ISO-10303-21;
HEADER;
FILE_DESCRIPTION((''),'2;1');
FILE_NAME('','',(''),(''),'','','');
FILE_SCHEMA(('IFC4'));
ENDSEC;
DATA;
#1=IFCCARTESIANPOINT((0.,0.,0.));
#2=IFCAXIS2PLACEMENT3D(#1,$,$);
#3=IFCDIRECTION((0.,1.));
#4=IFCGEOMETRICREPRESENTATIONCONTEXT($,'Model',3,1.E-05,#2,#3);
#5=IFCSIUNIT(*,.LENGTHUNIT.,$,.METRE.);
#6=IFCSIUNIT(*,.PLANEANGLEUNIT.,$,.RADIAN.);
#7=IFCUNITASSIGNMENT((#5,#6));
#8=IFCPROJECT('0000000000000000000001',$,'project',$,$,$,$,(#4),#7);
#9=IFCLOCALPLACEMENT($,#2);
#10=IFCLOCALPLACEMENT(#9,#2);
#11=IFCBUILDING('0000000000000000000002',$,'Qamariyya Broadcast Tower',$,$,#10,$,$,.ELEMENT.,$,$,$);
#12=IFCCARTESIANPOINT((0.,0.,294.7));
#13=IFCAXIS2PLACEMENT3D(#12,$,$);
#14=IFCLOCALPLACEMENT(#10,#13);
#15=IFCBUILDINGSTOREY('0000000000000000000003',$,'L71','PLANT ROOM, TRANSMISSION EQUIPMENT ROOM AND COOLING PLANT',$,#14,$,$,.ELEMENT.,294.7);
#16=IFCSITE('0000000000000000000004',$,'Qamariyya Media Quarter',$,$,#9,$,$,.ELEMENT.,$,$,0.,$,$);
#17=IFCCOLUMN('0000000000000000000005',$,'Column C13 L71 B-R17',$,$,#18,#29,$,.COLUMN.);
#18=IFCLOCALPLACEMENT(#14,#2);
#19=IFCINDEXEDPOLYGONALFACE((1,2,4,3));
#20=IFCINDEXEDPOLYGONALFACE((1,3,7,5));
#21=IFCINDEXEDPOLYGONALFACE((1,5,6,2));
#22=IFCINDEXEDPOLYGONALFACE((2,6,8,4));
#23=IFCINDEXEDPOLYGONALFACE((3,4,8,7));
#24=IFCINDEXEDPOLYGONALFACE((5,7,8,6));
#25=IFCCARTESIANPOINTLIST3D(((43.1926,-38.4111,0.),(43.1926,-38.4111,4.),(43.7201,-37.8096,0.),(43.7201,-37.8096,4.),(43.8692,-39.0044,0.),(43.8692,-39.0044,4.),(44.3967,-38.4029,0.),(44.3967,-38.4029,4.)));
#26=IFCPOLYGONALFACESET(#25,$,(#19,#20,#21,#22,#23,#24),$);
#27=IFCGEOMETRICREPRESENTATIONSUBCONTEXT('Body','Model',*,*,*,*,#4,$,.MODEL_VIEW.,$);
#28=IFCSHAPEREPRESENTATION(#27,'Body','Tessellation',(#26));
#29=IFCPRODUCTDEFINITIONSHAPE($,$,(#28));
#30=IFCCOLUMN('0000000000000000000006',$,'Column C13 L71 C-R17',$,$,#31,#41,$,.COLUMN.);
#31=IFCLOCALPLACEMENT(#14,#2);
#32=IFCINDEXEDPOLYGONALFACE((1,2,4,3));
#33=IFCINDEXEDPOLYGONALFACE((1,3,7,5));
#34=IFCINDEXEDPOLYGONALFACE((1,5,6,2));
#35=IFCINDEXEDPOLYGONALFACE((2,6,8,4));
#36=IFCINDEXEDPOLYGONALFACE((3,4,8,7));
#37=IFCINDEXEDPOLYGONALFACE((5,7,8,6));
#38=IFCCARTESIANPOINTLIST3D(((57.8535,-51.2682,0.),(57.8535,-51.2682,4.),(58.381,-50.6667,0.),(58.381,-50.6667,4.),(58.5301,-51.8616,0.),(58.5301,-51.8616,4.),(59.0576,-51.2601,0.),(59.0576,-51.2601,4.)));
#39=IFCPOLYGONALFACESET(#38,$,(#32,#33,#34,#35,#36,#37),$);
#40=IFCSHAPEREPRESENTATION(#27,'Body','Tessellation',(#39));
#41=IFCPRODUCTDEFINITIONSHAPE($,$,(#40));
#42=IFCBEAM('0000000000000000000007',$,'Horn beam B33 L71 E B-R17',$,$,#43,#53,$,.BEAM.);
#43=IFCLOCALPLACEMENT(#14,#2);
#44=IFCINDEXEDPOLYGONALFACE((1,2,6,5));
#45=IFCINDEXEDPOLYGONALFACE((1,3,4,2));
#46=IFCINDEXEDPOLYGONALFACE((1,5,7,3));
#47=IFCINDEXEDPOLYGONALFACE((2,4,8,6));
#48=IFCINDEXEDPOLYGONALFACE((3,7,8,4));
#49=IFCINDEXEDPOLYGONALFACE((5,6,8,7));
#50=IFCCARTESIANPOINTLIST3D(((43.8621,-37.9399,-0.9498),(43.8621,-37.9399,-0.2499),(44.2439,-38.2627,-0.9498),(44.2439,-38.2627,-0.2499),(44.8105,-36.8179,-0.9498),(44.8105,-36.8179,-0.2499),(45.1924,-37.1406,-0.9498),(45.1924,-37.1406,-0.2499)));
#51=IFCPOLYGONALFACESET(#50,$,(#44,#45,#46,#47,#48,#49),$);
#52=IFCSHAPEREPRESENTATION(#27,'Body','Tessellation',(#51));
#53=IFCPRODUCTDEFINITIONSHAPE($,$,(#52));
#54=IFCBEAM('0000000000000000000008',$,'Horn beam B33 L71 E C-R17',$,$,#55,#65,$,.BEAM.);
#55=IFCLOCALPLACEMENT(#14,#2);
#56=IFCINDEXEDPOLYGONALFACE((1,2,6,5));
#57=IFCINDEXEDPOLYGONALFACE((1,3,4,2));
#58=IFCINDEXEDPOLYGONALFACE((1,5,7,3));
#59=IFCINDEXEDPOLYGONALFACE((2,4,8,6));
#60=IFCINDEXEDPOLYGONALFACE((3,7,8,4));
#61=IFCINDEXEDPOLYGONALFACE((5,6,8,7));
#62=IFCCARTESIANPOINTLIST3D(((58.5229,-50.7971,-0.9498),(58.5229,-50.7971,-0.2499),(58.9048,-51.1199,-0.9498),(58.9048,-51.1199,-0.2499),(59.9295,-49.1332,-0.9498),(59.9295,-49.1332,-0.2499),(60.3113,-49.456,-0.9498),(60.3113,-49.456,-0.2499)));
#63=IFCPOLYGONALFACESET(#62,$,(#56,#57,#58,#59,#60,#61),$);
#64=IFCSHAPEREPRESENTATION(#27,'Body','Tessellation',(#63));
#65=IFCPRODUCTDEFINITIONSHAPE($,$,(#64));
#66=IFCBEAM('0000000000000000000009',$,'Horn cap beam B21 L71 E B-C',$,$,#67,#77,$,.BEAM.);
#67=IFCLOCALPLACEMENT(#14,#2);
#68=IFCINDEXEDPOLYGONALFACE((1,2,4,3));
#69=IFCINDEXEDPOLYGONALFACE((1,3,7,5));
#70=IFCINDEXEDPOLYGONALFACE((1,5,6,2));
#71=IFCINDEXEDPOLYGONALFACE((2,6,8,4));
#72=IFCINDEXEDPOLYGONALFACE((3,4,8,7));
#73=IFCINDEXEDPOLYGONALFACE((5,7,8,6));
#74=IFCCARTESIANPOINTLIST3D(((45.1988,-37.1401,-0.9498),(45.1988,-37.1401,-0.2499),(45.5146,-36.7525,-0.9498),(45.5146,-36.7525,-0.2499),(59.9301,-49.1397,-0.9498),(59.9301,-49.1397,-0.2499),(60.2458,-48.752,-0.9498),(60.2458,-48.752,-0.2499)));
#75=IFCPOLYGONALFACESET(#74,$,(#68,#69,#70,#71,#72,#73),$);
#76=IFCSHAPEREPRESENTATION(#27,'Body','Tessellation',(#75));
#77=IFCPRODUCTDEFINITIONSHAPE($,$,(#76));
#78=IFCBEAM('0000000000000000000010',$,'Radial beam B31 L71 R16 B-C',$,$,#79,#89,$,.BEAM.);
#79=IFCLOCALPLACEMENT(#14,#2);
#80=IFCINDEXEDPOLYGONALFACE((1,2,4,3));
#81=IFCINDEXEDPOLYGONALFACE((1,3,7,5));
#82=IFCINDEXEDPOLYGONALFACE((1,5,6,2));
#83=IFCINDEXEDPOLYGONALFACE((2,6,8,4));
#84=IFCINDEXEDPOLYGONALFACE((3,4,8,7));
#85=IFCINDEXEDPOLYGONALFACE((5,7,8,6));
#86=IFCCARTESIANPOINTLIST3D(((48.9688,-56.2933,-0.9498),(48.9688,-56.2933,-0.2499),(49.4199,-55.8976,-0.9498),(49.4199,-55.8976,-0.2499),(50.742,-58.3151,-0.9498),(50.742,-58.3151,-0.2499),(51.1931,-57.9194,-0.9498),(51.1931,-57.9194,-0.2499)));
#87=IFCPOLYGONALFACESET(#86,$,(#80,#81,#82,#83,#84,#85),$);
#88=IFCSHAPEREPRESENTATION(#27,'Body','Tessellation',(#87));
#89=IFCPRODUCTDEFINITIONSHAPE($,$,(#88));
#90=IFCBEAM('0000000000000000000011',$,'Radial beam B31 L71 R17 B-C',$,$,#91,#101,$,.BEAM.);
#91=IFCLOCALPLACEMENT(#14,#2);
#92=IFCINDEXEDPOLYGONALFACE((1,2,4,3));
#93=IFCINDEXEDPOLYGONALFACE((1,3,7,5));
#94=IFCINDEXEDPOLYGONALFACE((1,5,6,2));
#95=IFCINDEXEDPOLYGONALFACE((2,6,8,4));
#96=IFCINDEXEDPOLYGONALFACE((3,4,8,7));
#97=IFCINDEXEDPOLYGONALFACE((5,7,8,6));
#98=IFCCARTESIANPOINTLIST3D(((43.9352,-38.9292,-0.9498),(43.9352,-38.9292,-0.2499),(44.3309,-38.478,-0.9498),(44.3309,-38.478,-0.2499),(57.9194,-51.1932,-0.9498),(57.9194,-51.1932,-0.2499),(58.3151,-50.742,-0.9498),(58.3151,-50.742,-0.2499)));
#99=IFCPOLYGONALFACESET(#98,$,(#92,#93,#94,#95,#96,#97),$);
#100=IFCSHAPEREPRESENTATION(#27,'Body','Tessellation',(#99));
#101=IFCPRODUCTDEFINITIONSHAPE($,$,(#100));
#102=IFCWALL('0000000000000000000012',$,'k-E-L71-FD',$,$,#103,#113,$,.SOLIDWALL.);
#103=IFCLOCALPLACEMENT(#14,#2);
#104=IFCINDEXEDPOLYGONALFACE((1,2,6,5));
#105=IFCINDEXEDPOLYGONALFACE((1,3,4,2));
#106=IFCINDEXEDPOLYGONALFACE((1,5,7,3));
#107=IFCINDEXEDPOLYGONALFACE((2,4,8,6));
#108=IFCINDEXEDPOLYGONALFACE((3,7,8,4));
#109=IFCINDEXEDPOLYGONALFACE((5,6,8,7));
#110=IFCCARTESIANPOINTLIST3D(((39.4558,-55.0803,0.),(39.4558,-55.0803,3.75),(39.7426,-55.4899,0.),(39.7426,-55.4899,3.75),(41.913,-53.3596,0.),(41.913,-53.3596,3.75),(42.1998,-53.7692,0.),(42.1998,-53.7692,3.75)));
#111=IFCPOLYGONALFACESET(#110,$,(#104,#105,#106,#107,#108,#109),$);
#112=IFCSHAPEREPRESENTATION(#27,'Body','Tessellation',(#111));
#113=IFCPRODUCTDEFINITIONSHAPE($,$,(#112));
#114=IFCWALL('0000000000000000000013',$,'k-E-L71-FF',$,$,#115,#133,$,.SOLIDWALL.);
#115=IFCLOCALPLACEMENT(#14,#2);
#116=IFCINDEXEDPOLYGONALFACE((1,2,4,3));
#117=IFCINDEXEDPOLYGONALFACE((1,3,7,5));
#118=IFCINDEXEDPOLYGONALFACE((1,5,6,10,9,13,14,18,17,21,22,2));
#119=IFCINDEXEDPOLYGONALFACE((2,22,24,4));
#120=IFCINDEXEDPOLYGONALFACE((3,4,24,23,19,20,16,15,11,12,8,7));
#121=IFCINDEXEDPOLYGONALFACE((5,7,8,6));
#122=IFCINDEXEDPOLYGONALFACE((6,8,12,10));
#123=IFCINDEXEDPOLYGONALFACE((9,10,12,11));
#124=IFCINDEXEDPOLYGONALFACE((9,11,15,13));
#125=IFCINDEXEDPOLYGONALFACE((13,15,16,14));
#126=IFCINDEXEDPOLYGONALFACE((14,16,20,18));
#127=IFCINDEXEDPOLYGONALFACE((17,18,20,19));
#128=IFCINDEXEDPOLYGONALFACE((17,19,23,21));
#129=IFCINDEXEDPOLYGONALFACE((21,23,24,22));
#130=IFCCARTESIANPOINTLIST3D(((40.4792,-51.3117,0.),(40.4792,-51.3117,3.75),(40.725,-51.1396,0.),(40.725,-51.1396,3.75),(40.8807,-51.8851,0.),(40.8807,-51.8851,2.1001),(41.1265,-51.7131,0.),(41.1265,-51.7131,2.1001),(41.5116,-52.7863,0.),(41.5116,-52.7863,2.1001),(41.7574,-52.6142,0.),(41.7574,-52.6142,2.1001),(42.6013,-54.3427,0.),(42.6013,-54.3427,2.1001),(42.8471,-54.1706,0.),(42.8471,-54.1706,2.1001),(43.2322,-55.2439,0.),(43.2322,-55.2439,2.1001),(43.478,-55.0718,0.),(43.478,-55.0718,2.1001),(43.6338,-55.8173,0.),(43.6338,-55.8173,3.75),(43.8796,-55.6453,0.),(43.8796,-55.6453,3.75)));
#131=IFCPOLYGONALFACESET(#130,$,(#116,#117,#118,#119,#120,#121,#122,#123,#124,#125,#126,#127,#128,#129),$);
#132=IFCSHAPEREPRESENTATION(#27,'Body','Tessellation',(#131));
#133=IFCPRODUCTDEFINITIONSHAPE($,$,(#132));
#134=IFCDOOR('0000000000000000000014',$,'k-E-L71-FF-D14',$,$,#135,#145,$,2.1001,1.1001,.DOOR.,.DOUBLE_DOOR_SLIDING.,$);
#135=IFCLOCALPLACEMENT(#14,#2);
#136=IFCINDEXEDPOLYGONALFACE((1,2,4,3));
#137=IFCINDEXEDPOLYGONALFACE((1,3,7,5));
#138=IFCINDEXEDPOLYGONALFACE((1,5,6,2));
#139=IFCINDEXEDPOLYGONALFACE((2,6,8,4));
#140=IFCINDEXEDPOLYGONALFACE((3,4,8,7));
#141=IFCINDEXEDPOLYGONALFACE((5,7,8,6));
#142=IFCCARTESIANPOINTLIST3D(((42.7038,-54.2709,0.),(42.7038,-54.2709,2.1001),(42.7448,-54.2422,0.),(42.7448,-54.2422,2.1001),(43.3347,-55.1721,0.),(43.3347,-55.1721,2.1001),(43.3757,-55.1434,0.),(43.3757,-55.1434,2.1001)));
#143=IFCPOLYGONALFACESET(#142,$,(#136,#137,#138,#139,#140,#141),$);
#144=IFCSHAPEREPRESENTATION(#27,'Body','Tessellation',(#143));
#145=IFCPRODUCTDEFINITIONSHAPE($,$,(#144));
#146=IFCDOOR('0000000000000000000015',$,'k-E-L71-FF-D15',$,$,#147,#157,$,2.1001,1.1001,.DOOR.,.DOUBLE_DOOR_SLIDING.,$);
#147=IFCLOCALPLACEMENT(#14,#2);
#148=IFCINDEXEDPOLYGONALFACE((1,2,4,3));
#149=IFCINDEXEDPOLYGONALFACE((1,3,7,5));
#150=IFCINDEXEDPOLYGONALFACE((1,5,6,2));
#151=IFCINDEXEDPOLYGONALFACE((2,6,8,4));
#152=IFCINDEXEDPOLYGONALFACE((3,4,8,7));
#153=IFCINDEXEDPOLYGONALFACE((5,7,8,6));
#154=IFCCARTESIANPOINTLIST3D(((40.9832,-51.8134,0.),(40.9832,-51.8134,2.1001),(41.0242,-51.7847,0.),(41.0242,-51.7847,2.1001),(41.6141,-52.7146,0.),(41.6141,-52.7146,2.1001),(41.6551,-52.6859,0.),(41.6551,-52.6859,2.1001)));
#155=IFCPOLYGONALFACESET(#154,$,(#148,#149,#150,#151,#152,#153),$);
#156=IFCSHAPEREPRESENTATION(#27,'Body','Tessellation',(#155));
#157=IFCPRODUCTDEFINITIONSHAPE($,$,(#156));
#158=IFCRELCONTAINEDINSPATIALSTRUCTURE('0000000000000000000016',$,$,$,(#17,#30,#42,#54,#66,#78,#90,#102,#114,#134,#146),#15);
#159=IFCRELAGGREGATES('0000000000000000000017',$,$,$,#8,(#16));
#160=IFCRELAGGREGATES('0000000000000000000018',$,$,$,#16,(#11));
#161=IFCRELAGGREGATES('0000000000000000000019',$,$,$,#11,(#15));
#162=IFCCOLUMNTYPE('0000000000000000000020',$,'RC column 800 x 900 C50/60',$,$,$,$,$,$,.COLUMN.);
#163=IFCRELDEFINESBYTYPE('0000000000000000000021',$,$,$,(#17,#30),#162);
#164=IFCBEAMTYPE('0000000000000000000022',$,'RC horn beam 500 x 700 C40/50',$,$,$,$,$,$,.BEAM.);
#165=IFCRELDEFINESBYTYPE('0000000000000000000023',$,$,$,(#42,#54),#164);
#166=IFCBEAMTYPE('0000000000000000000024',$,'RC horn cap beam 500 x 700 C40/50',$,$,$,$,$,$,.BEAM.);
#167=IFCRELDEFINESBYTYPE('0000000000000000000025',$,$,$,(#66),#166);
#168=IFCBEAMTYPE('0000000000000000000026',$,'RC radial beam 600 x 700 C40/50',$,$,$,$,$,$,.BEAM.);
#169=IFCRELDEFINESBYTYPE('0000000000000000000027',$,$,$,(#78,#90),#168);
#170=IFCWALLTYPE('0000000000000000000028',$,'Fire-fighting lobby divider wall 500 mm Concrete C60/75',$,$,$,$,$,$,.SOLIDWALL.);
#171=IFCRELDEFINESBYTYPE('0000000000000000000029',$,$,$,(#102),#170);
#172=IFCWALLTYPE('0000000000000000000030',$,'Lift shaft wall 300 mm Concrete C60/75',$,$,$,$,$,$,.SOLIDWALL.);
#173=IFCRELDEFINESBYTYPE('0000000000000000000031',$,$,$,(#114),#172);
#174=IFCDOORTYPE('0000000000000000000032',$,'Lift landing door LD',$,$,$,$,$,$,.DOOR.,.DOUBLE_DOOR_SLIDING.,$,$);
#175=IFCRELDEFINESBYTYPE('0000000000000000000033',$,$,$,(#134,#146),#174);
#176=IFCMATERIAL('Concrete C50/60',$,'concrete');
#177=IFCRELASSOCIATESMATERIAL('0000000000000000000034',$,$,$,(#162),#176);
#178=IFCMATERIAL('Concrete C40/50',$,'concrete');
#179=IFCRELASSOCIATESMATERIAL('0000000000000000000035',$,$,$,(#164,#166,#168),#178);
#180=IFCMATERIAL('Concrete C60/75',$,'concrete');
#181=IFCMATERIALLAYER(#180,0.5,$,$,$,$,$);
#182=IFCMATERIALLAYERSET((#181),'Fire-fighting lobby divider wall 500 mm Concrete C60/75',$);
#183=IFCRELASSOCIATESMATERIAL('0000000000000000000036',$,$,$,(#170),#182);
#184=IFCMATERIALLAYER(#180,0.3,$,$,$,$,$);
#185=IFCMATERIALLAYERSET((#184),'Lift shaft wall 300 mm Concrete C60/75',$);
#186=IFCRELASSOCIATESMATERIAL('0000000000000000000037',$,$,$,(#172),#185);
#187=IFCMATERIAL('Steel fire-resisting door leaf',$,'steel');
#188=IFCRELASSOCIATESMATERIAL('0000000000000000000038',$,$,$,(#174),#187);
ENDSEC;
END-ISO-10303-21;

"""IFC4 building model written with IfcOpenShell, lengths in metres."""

from ifc_helpers import new_model, si_unit, direction, frame, frame_2d, origin, origin_2d, place, context, subcontext, project, spatial, rectangle, extrude, material, layer, layer_set, material_profile, profile_set, type_object, element, fill, save


model = new_model("IFC4")

# Units and contexts
model_context = context("Model", 3, precision=1e-05, world=origin(), true_north=direction((0.0, 1.0)))
body_context = subcontext(model_context, "Body", "Model", "MODEL_VIEW")
ifc_project = project(units=[si_unit("LENGTHUNIT", "METRE"), si_unit("PLANEANGLEUNIT", "RADIAN")], contexts=[model_context])

# Site, building, storey
site_placement = place(None, origin())
site = spatial("IfcSite", under=ifc_project, at=site_placement, Name="Qamariyya Media Quarter", CompositionType="ELEMENT", RefElevation=0.0)
building_placement = place(site_placement, origin())
building = spatial("IfcBuilding", under=site, at=building_placement, Name="Qamariyya Broadcast Tower", CompositionType="ELEMENT")
storey_placement = place(building_placement, frame((0.0, 0.0, 294.7)))
storey = spatial("IfcBuildingStorey", under=building, at=storey_placement, Name="L71", Description="PLANT ROOM, TRANSMISSION EQUIPMENT ROOM AND COOLING PLANT", CompositionType="ELEMENT", Elevation=294.7)

# Columns
ifc_material_1 = material(Name="Concrete C50/60", Category="concrete")
ifc_material_profile_1 = material_profile(ifc_material_1, rectangle(XDim=0.8, YDim=0.8999, at=origin_2d()))
ifc_profile_set_1 = profile_set([ifc_material_profile_1], Name="Concrete C50/60")
column_type = type_object("IfcColumnType", Name="RC column 800 x 900 C50/60", PredefinedType="COLUMN", material=ifc_profile_set_1)
for number, where, z_axis, x_axis, name in (
    (1, (43.7947, -38.407, 0.0), (0.0, 0.0, 1.0), (0.659346, 0.75184, 0.0), "Column C13 L71 B-R17"),
    (2, (58.4556, -51.2642, 0.0), (0.0, 0.0, 1.0), (0.659346, 0.75184, 0.0), "Column C13 L71 C-R17"),
):
    element("IfcColumn", number, at=place(storey_placement, frame(where, z_axis=z_axis, x_axis=x_axis)), inside=storey, type_object=column_type, Name=name, PredefinedType="COLUMN", context=body_context, shape_type="SweptSolid", body=[
        extrude(rectangle(XDim=0.8, YDim=0.8999, at=origin_2d()), origin(), (0.0, 0.0, 1.0), 4.0),
    ])

# Beams
ifc_material_2 = material(Name="Concrete C40/50", Category="concrete")
ifc_material_profile_2 = material_profile(ifc_material_2, rectangle(XDim=0.5, YDim=0.7, at=origin_2d()))
ifc_profile_set_2 = profile_set([ifc_material_profile_2], Name="Concrete C40/50")
beam_type_1 = type_object("IfcBeamType", Name="RC horn beam 500 x 700 C40/50", PredefinedType="BEAM", material=ifc_profile_set_2)
beam_1_placement = place(storey_placement, frame((44.053, -38.1013, -0.5999), z_axis=(0.645562, 0.763708, 0.0), x_axis=(-0.763708, 0.645562, 0.0)))
element("IfcBeam", 3, at=beam_1_placement, inside=storey, type_object=beam_type_1, Name="Horn beam B33 L71 E B-R17", PredefinedType="BEAM", context=body_context, shape_type="SweptSolid", body=[
    extrude(rectangle(XDim=0.5, YDim=0.7, at=origin_2d()), origin(), (0.0, 0.0, 1.0), 1.4692),
])
beam_2_placement = place(storey_placement, frame((58.7139, -50.9585, -0.5999), z_axis=(0.64558, 0.763692, 0.0), x_axis=(-0.763692, 0.64558, 0.0)))
element("IfcBeam", 4, at=beam_2_placement, inside=storey, type_object=beam_type_1, Name="Horn beam B33 L71 E C-R17", PredefinedType="BEAM", context=body_context, shape_type="SweptSolid", body=[
    extrude(rectangle(XDim=0.5, YDim=0.7, at=origin_2d()), origin(), (0.0, 0.0, 1.0), 2.1787),
])
ifc_material_profile_3 = material_profile(ifc_material_2, rectangle(XDim=0.5, YDim=0.7, at=origin_2d()))
ifc_profile_set_3 = profile_set([ifc_material_profile_3], Name="Concrete C40/50")
beam_type_2 = type_object("IfcBeamType", Name="RC horn cap beam 500 x 700 C40/50", PredefinedType="BEAM", material=ifc_profile_set_3)
beam_3_placement = place(storey_placement, frame((45.3567, -36.9463, -0.5999), z_axis=(0.77533, -0.631556, 0.0), x_axis=(0.631556, 0.77533, 0.0)))
element("IfcBeam", 5, at=beam_3_placement, inside=storey, type_object=beam_type_2, Name="Horn cap beam B21 L71 E B-C", PredefinedType="BEAM", context=body_context, shape_type="SweptSolid", body=[
    extrude(rectangle(XDim=0.5, YDim=0.7, at=origin_2d()), origin(), (0.0, 0.0, 1.0), 19.0),
])
ifc_material_profile_4 = material_profile(ifc_material_2, rectangle(XDim=0.6001, YDim=0.7, at=origin_2d()))
ifc_profile_set_4 = profile_set([ifc_material_profile_4], Name="Concrete C40/50")
beam_type_3 = type_object("IfcBeamType", Name="RC radial beam 600 x 700 C40/50", PredefinedType="BEAM", material=ifc_profile_set_4)
beam_4_placement = place(storey_placement, frame((49.1943, -56.0955, -0.5999), z_axis=(0.659385, -0.751806, 0.0), x_axis=(0.751806, 0.659385, 0.0)))
element("IfcBeam", 6, at=beam_4_placement, inside=storey, type_object=beam_type_3, Name="Radial beam B31 L71 R16 B-C", PredefinedType="BEAM", context=body_context, shape_type="SweptSolid", body=[
    extrude(rectangle(XDim=0.6001, YDim=0.7, at=origin_2d()), origin(), (0.0, 0.0, 1.0), 2.6892),
])
beam_5_placement = place(storey_placement, frame((44.1331, -38.7036, -0.5999), z_axis=(0.751835, -0.659351, 0.0), x_axis=(0.659351, 0.751835, 0.0)))
element("IfcBeam", 7, at=beam_5_placement, inside=storey, type_object=beam_type_3, Name="Radial beam B31 L71 R17 B-C", PredefinedType="BEAM", context=body_context, shape_type="SweptSolid", body=[
    extrude(rectangle(XDim=0.6001, YDim=0.7, at=origin_2d()), origin(), (0.0, 0.0, 1.0), 18.6001),
])

# Wall
ifc_material_3 = material(Name="Concrete C60/75", Category="concrete")
ifc_layer_1 = layer(ifc_material_3, 0.5)
ifc_layer_set_1 = layer_set([ifc_layer_1], Name="Fire-fighting lobby divider wall 500 mm Concrete C60/75")
wall_type_1 = type_object("IfcWallType", Name="Fire-fighting lobby divider wall 500 mm Concrete C60/75", PredefinedType="SOLIDWALL", material=ifc_layer_set_1)
wall_1_placement = place(storey_placement, frame((39.5991, -55.2852, 0.0), z_axis=(0.0, 0.0, 1.0), x_axis=(0.819136, 0.573599, 0.0)))
element("IfcWall", 8, at=wall_1_placement, inside=storey, type_object=wall_type_1, Name="k-E-L71-FD", PredefinedType="SOLIDWALL", context=body_context, shape_type="SweptSolid", body=[
    extrude(rectangle(XDim=2.9998, YDim=0.5, at=frame_2d((1.5, 0.0))), origin(), (0.0, 0.0, 1.0), 3.75),
])

# Wall, openings, doors
ifc_layer_2 = layer(ifc_material_3, 0.3)
ifc_layer_set_2 = layer_set([ifc_layer_2], Name="Lift shaft wall 300 mm Concrete C60/75")
wall_type_2 = type_object("IfcWallType", Name="Lift shaft wall 300 mm Concrete C60/75", PredefinedType="SOLIDWALL", material=ifc_layer_set_2)
wall_2_placement = place(storey_placement, frame((43.7566, -55.7312, 0.0), z_axis=(0.0, 0.0, 1.0), x_axis=(-0.573537, 0.81918, 0.0)))
wall_2 = element("IfcWall", 9, at=wall_2_placement, inside=storey, type_object=wall_type_2, Name="k-E-L71-FF", PredefinedType="SOLIDWALL", context=body_context, shape_type="SweptSolid", body=[
    extrude(rectangle(XDim=5.5002, YDim=0.3, at=frame_2d((2.75, 0.0))), origin(), (0.0, 0.0, 1.0), 3.75),
])
opening_1_placement = place(wall_2_placement, frame((0.7, 0.0, 0.0)))
opening_1 = element("IfcOpeningElement", 10, at=opening_1_placement, cuts=wall_2, PredefinedType="OPENING", context=body_context, shape_type="SweptSolid", body=[
    extrude(rectangle(XDim=1.1001, YDim=2.1001, at=frame_2d((0.55, 1.05))), frame((0.0, 0.1599, 0.0), z_axis=(0.0, -1.0, 0.0), x_axis=(1.0, 0.0, 0.0)), (0.0, 0.0, 1.0), 0.3201),
])
opening_2_placement = place(wall_2_placement, frame((3.7, 0.0, 0.0)))
opening_2 = element("IfcOpeningElement", 11, at=opening_2_placement, cuts=wall_2, PredefinedType="OPENING", context=body_context, shape_type="SweptSolid", body=[
    extrude(rectangle(XDim=1.1001, YDim=2.1001, at=frame_2d((0.55, 1.05))), frame((0.0, 0.1599, 0.0), z_axis=(0.0, -1.0, 0.0), x_axis=(1.0, 0.0, 0.0)), (0.0, 0.0, 1.0), 0.3201),
])
ifc_material_4 = material(Name="Steel fire-resisting door leaf", Category="steel")
door_type_1 = type_object("IfcDoorType", Name="Lift landing door LD", OperationType="DOUBLE_DOOR_SLIDING", PredefinedType="DOOR", material=ifc_material_4)
door_1_placement = place(opening_1_placement, origin())
door_1 = element("IfcDoor", 12, at=door_1_placement, inside=storey, type_object=door_type_1, Name="k-E-L71-FF-D14", OperationType="DOUBLE_DOOR_SLIDING", OverallHeight=2.1001, OverallWidth=1.1001, PredefinedType="DOOR", context=body_context, shape_type="SweptSolid", body=[
    extrude(rectangle(XDim=1.1001, YDim=2.1001, at=frame_2d((0.55, 1.05))), frame((0.0, 0.0249, 0.0), z_axis=(0.0, -1.0, 0.0), x_axis=(1.0, 0.0, 0.0)), (0.0, 0.0, 1.0), 0.05),
])
fill(opening_1, door_1)
door_2_placement = place(opening_2_placement, origin())
door_2 = element("IfcDoor", 13, at=door_2_placement, inside=storey, type_object=door_type_1, Name="k-E-L71-FF-D15", OperationType="DOUBLE_DOOR_SLIDING", OverallHeight=2.1001, OverallWidth=1.1001, PredefinedType="DOOR", context=body_context, shape_type="SweptSolid", body=[
    extrude(rectangle(XDim=1.1001, YDim=2.1001, at=frame_2d((0.55, 1.05))), frame((0.0, 0.0249, 0.0), z_axis=(0.0, -1.0, 0.0), x_axis=(1.0, 0.0, 0.0)), (0.0, 0.0, 1.0), 0.05),
])
fill(opening_2, door_2)

save(model, "model.ifc")
